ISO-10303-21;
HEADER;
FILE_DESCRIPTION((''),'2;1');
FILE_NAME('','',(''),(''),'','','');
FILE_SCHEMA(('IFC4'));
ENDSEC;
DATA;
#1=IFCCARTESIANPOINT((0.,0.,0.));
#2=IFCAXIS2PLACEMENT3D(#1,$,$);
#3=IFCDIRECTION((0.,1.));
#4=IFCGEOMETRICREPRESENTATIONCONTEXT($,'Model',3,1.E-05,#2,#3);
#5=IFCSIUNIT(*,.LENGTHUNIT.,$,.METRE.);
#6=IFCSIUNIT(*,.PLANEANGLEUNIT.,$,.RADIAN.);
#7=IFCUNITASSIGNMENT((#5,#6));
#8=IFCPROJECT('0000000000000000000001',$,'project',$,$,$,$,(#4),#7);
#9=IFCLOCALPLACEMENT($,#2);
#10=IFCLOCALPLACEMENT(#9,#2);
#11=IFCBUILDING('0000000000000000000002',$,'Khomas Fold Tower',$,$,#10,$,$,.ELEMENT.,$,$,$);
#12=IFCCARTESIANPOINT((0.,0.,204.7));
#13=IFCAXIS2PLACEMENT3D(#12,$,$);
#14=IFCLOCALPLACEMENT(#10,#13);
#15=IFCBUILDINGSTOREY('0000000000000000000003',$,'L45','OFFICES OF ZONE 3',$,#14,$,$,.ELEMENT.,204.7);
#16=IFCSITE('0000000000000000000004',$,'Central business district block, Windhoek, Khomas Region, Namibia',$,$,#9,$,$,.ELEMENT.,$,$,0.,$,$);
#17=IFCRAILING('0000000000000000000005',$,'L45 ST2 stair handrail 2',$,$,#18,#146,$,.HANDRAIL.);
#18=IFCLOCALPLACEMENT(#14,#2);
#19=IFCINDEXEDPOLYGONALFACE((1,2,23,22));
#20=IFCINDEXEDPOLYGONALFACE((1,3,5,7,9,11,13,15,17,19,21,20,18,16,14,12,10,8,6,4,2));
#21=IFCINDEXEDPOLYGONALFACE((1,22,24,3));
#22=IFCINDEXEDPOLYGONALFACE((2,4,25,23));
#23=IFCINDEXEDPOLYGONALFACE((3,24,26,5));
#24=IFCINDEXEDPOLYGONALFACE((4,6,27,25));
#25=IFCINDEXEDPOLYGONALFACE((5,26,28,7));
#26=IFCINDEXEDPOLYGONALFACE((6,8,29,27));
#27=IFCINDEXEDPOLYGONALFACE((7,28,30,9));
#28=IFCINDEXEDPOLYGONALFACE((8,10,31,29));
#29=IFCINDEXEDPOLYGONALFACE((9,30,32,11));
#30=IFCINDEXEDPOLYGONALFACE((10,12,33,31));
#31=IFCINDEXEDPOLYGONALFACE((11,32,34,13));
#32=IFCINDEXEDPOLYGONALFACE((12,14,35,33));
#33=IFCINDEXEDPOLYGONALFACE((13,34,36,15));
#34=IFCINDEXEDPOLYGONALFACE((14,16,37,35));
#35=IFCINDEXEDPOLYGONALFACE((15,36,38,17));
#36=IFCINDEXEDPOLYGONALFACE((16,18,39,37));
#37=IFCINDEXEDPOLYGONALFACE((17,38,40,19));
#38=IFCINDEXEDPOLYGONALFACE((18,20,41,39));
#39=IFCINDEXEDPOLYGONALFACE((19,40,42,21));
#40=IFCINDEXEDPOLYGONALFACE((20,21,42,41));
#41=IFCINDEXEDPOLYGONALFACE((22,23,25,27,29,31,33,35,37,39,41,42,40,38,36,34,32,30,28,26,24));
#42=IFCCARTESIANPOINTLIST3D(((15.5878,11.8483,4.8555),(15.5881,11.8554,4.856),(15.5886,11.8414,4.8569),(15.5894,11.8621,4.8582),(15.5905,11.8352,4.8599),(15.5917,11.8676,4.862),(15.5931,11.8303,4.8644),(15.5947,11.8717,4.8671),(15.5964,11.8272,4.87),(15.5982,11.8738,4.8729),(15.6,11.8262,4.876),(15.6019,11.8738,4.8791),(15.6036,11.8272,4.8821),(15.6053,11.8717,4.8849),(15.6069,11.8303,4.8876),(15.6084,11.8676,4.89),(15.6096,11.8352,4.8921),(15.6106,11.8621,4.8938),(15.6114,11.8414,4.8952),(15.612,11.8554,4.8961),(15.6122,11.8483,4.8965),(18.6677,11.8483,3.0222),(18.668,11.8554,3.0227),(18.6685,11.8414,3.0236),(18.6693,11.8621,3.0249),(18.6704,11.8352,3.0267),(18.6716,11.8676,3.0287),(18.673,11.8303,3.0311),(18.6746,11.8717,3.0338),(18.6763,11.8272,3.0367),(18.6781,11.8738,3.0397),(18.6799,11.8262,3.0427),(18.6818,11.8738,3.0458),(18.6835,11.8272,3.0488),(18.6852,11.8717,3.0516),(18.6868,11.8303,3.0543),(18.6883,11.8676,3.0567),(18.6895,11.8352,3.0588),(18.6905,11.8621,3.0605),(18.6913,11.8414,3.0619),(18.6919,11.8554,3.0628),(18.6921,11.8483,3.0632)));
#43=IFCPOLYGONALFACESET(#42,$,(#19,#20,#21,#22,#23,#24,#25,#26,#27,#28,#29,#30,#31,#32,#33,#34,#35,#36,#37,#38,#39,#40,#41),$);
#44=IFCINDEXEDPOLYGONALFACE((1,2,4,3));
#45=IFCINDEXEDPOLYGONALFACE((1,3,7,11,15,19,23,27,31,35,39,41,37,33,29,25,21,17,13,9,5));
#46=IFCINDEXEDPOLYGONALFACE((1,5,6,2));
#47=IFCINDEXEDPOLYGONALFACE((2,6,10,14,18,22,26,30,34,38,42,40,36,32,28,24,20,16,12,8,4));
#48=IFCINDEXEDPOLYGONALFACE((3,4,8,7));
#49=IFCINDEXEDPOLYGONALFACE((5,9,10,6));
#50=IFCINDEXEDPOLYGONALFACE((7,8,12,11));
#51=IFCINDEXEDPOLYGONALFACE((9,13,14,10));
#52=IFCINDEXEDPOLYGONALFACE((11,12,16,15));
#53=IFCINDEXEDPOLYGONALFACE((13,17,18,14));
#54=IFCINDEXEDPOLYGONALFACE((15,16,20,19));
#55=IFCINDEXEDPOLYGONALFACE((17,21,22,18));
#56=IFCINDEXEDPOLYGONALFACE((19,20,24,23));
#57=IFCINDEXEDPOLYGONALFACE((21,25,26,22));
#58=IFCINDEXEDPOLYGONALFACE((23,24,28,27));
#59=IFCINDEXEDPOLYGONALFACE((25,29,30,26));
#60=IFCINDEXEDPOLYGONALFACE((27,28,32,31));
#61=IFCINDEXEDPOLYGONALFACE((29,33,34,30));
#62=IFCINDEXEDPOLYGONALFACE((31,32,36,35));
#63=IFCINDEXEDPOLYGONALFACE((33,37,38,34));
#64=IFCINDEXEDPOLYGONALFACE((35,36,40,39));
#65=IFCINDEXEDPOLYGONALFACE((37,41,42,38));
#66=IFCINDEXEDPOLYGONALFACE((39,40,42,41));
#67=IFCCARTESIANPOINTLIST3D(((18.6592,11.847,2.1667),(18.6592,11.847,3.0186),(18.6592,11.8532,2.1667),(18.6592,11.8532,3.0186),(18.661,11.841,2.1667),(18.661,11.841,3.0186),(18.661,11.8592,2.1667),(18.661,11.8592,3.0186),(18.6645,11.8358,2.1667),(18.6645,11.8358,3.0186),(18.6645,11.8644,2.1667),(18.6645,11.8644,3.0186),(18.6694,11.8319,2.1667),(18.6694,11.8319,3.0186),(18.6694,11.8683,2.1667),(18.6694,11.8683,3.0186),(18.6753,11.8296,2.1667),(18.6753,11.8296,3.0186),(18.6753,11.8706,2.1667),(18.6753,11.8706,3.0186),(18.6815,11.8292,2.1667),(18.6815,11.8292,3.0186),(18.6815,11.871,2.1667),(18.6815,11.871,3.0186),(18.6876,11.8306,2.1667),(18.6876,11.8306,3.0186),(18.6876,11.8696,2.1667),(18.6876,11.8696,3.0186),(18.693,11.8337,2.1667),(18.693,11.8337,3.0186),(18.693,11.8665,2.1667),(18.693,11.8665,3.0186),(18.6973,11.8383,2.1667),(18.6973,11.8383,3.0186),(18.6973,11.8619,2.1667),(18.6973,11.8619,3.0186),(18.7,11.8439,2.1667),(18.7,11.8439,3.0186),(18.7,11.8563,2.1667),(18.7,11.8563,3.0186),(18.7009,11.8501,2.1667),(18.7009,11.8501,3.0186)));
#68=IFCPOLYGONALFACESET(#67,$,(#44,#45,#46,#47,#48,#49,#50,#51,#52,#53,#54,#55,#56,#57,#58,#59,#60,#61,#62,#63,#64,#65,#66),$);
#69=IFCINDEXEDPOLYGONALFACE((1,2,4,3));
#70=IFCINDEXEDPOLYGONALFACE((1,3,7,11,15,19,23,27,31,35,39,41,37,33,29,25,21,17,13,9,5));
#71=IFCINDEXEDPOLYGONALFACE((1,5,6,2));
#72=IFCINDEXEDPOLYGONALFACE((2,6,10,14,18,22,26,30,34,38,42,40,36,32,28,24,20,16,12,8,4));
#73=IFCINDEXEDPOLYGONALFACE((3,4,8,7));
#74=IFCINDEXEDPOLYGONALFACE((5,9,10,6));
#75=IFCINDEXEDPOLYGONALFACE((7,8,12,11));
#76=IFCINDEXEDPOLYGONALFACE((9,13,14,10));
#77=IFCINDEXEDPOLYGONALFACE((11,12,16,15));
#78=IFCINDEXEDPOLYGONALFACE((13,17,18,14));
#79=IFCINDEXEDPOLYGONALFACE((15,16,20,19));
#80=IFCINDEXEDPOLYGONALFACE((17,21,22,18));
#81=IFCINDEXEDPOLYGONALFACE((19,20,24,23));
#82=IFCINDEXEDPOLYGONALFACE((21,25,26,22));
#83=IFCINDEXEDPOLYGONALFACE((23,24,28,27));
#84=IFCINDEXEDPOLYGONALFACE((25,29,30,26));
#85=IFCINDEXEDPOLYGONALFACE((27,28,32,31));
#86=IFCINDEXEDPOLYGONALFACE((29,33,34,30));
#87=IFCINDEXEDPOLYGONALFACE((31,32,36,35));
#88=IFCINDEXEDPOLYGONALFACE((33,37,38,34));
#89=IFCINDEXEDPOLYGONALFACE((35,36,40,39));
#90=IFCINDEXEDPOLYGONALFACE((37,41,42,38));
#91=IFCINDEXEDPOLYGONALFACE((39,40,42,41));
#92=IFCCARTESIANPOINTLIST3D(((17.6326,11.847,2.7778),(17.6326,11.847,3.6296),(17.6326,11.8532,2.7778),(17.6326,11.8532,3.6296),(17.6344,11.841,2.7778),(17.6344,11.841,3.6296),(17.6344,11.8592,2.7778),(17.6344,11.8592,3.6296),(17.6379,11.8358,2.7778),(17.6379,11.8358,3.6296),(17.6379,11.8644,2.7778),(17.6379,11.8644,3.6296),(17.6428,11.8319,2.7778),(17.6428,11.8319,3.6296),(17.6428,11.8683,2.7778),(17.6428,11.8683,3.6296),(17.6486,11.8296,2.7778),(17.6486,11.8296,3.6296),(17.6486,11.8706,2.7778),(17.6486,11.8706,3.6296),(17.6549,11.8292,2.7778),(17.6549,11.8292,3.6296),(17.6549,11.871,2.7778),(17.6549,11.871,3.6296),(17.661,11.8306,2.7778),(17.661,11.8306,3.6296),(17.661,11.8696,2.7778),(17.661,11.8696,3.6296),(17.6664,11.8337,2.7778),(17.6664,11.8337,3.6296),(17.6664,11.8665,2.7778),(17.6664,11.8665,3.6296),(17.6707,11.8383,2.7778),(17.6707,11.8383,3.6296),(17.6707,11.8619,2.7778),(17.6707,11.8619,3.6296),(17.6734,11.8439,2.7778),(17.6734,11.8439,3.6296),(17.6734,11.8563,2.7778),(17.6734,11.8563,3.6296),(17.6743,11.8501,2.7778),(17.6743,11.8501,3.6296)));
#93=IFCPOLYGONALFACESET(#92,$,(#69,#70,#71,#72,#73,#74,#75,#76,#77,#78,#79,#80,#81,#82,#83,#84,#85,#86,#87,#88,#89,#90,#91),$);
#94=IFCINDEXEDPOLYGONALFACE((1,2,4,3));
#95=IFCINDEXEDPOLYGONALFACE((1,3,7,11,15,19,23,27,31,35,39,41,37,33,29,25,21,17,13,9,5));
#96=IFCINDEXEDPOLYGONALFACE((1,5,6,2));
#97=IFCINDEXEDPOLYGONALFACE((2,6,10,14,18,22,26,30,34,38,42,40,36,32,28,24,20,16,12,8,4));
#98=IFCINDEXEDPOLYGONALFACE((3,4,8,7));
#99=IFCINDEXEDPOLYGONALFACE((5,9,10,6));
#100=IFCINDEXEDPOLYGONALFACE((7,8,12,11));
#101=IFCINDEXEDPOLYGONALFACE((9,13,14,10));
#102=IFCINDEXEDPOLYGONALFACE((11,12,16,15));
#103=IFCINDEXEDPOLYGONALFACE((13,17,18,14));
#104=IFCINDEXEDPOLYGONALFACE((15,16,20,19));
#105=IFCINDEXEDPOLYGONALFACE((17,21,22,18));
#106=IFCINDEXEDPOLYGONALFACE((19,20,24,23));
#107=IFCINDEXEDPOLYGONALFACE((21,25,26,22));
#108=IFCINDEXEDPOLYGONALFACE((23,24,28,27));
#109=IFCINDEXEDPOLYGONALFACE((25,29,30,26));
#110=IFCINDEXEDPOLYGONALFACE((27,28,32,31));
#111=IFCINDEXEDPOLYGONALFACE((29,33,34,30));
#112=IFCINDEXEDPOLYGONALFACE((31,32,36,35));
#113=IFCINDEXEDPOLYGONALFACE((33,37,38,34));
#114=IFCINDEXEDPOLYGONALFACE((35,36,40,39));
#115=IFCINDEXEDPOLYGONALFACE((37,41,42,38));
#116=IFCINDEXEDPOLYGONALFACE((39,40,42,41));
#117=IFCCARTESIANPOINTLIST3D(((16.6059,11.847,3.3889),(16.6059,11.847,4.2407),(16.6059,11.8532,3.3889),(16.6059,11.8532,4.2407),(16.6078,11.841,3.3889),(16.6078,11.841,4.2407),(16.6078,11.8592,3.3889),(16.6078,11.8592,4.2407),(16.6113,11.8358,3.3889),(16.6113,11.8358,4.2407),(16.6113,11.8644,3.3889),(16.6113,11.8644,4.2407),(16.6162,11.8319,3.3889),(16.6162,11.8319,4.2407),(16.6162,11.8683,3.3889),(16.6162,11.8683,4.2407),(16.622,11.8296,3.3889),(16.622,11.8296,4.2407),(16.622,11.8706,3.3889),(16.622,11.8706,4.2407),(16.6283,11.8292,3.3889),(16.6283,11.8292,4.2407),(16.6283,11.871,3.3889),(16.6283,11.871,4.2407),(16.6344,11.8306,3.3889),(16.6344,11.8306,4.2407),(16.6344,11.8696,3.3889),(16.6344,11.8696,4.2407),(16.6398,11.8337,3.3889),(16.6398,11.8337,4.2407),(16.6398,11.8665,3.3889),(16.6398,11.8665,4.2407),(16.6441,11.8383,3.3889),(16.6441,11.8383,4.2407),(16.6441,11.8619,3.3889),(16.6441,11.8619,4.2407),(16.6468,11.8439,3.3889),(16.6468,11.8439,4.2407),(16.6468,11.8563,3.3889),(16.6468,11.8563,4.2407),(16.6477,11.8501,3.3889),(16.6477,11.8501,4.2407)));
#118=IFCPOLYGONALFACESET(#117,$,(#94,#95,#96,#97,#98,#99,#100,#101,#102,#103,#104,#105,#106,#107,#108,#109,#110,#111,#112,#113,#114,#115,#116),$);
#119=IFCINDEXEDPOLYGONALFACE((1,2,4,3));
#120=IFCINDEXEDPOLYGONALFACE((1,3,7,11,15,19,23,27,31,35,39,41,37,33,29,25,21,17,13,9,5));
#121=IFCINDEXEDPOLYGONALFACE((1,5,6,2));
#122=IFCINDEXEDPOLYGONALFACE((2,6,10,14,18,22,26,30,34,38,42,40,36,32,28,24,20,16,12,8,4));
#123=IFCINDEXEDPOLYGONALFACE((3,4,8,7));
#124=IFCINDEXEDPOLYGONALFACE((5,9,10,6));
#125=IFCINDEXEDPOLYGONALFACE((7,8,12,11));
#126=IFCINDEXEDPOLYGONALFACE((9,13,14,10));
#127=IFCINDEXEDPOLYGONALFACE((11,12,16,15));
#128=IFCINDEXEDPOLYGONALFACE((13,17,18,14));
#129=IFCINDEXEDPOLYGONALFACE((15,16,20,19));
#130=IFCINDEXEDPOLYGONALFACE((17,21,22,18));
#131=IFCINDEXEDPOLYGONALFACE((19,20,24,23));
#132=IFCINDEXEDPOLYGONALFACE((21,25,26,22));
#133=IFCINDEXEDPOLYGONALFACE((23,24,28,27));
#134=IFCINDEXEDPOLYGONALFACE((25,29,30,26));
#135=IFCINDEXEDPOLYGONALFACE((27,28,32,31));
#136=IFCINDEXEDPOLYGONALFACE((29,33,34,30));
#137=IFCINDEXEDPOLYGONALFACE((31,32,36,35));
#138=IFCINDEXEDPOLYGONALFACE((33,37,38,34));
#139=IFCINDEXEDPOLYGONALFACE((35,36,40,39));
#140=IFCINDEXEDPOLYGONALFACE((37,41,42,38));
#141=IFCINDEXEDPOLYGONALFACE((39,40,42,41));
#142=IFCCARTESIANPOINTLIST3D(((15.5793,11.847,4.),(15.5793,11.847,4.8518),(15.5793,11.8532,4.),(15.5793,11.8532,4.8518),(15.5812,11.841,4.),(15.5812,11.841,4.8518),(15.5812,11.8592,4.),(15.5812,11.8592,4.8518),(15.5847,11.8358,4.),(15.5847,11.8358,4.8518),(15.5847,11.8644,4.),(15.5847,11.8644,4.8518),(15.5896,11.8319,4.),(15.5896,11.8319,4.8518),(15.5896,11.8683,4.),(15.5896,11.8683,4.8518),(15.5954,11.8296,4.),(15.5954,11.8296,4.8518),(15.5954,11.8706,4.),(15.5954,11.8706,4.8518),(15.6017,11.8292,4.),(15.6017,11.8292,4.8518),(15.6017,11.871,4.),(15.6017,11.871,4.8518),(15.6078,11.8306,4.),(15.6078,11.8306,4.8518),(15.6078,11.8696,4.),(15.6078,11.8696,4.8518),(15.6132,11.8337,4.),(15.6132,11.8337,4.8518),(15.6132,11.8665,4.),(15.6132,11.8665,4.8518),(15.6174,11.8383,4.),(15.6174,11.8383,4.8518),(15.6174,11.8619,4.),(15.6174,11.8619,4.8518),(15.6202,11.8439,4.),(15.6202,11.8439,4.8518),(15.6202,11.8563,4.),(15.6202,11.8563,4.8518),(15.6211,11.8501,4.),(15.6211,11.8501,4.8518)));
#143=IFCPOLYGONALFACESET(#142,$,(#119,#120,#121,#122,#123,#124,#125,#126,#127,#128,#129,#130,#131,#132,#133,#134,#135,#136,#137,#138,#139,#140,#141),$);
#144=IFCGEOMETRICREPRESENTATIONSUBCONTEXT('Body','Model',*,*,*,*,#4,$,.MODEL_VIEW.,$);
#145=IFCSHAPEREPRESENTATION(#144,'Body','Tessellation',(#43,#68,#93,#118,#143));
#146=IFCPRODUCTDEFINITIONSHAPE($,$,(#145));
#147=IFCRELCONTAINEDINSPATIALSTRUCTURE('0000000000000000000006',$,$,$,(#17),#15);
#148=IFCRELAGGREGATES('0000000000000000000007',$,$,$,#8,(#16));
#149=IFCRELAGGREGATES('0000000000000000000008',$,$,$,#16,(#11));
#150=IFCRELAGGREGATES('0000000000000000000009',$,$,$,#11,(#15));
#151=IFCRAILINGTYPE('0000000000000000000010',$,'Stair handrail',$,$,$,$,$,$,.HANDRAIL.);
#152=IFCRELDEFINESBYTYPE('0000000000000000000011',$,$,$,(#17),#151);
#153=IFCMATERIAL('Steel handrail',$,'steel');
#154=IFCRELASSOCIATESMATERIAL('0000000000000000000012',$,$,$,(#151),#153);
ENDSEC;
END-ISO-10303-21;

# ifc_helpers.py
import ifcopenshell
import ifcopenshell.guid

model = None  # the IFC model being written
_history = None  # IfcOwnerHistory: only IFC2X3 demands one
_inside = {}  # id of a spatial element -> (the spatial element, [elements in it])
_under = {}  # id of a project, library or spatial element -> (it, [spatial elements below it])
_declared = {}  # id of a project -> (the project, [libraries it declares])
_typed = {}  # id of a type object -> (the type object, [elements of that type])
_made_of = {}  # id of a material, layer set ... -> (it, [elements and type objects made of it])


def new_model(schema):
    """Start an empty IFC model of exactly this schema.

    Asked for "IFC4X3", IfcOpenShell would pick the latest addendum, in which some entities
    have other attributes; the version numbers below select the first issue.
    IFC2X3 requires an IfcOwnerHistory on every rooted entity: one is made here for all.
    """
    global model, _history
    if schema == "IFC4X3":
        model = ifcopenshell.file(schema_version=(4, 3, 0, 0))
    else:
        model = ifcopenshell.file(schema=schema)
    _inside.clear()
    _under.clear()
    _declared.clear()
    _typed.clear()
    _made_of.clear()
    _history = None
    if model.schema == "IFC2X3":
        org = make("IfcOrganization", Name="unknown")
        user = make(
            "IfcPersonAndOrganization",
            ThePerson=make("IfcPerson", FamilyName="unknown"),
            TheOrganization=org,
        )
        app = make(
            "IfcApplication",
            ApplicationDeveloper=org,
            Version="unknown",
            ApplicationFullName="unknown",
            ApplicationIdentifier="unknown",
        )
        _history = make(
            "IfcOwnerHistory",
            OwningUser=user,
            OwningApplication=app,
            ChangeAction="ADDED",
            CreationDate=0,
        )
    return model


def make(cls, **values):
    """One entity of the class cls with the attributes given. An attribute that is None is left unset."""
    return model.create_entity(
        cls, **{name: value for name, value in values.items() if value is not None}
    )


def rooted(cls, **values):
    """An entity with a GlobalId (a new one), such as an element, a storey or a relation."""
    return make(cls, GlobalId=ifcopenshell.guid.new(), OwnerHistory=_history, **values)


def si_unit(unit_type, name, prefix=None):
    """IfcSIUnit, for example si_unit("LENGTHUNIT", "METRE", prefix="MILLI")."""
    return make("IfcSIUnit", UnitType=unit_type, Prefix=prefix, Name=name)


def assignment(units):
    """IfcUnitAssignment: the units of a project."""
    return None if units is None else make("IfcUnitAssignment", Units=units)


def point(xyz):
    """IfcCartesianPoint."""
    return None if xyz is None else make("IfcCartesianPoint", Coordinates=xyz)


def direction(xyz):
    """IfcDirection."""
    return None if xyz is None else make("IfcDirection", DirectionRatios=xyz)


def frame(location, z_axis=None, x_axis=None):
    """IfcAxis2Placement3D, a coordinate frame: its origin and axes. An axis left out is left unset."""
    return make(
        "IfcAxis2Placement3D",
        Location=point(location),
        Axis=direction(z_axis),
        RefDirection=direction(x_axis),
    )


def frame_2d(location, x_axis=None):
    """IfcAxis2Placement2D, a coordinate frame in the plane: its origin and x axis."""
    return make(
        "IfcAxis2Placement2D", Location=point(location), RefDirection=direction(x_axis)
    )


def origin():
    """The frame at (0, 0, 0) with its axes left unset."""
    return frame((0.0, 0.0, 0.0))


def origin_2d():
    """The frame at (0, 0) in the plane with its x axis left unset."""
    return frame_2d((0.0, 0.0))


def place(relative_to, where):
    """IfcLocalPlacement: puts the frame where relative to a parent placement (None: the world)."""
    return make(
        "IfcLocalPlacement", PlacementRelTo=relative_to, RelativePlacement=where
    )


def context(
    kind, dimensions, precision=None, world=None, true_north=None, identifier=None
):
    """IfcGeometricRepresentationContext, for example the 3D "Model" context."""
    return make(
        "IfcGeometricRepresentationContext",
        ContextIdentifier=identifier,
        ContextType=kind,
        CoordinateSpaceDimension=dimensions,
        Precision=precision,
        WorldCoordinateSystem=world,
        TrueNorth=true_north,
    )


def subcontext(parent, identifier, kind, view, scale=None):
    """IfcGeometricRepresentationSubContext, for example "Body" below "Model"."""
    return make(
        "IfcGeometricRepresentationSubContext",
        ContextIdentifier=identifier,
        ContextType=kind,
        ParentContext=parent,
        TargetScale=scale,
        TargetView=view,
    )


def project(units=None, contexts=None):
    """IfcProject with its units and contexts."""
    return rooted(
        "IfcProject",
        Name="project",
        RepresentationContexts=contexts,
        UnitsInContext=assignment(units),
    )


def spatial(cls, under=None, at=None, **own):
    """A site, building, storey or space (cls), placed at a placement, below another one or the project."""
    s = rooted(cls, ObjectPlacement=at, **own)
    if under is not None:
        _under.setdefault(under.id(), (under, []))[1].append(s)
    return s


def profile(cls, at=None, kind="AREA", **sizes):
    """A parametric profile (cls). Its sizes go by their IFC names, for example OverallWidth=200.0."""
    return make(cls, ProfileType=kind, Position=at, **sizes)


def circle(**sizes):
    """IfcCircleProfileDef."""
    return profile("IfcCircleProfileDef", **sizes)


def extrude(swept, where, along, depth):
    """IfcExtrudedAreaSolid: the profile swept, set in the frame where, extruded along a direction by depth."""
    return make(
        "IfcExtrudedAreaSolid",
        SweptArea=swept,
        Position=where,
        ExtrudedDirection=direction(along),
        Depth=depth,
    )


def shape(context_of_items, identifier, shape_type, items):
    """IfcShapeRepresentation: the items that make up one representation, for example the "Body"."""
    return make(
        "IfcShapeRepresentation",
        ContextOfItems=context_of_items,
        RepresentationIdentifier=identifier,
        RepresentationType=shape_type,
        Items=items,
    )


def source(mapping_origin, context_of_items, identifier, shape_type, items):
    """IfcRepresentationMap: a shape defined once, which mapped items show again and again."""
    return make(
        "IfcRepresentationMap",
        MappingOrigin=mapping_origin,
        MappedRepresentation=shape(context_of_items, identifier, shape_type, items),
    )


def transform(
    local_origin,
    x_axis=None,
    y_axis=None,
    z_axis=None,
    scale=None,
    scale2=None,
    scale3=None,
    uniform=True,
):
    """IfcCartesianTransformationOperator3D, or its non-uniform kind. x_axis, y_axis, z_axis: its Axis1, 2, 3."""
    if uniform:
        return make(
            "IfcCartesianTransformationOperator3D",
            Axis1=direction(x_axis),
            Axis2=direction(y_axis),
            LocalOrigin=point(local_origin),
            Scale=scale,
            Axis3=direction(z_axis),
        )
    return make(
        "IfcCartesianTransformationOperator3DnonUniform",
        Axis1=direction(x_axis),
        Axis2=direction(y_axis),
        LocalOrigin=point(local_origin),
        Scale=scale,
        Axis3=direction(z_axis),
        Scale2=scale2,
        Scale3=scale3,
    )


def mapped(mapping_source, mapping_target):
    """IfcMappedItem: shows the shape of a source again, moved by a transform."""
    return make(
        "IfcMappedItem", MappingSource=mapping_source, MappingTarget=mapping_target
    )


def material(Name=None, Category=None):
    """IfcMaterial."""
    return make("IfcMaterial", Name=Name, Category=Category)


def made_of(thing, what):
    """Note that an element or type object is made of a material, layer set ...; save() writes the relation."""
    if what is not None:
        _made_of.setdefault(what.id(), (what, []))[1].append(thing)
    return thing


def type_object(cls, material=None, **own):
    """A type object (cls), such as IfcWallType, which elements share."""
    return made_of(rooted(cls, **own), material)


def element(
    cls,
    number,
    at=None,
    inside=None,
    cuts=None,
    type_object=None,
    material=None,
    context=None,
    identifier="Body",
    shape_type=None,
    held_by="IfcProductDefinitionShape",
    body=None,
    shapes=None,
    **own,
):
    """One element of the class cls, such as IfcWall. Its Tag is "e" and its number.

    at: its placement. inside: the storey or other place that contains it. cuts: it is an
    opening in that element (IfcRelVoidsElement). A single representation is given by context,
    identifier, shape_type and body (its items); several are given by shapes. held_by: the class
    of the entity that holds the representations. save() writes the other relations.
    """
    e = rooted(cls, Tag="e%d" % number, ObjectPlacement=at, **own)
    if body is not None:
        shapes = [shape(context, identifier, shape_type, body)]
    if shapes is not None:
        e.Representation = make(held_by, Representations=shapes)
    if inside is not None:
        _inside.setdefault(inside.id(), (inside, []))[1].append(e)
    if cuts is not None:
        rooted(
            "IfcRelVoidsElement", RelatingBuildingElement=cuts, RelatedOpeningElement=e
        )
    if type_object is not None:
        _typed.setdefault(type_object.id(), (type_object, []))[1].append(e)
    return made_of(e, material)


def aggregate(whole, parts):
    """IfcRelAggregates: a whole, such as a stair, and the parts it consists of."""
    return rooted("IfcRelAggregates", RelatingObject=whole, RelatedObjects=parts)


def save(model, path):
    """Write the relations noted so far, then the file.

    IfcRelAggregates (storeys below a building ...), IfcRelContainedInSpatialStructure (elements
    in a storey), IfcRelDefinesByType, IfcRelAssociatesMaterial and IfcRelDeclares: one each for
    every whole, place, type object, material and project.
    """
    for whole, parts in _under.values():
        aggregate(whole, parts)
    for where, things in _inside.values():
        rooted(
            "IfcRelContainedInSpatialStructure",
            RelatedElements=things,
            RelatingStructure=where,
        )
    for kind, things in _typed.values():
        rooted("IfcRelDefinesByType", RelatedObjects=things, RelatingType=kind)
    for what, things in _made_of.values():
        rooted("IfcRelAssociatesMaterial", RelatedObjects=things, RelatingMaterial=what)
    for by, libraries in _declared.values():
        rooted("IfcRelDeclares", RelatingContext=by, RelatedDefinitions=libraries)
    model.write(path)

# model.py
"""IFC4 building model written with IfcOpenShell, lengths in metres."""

from ifc_helpers import new_model, si_unit, direction, frame, origin, origin_2d, place, context, subcontext, project, spatial, circle, extrude, source, transform, mapped, material, type_object, element, save


model = new_model("IFC4")

# Units and contexts
model_context = context("Model", 3, precision=1e-05, world=origin(), true_north=direction((0.0, 1.0)))
body_context = subcontext(model_context, "Body", "Model", "MODEL_VIEW")
ifc_project = project(units=[si_unit("LENGTHUNIT", "METRE"), si_unit("PLANEANGLEUNIT", "RADIAN")], contexts=[model_context])

# Site, building, storey
site_placement = place(None, origin())
site = spatial("IfcSite", under=ifc_project, at=site_placement, Name="Central business district block, Windhoek, Khomas Region, Namibia", CompositionType="ELEMENT", RefElevation=0.0)
building_placement = place(site_placement, origin())
building = spatial("IfcBuilding", under=site, at=building_placement, Name="Khomas Fold Tower", CompositionType="ELEMENT")
storey_placement = place(building_placement, frame((0.0, 0.0, 204.7)))
storey = spatial("IfcBuildingStorey", under=building, at=storey_placement, Name="L45", Description="OFFICES OF ZONE 3", CompositionType="ELEMENT", Elevation=204.7)

# Railing
ifc_material_1 = material(Name="Steel handrail", Category="steel")
railing_type_1 = type_object("IfcRailingType", Name="Stair handrail", PredefinedType="HANDRAIL", material=ifc_material_1)
shared_shape_1 = source(origin(), body_context, "Body", "SweptSolid", [
    extrude(circle(Radius=0.0239, at=origin_2d()), frame((0.0, 0.0, 0.876), z_axis=(-0.859291, 0.0, 0.511487), x_axis=(0.0, -1.0, 0.0)), (0.0, 0.0, 1.0), 3.5842),
    extrude(circle(Radius=0.021, at=origin_2d()), origin(), (0.0, 0.0, 1.0), 0.8518),
    extrude(circle(Radius=0.021, at=origin_2d()), frame((-1.0266, 0.0, 0.6111)), (0.0, 0.0, 1.0), 0.8518),
    extrude(circle(Radius=0.021, at=origin_2d()), frame((-2.0532, 0.0, 1.2222)), (0.0, 0.0, 1.0), 0.8518),
    extrude(circle(Radius=0.021, at=origin_2d()), frame((-3.0798, 0.0, 1.8333)), (0.0, 0.0, 1.0), 0.8518),
])
railing_1_placement = place(storey_placement, frame((18.6799, 11.8501, 2.1667)))
element("IfcRailing", 1, at=railing_1_placement, inside=storey, type_object=railing_type_1, Name="L45 ST2 stair handrail 2", PredefinedType="HANDRAIL", context=body_context, shape_type="MappedRepresentation", body=[
    mapped(shared_shape_1, transform((0.0, 0.0, 0.0))),
])

save(model, "model.ifc")
